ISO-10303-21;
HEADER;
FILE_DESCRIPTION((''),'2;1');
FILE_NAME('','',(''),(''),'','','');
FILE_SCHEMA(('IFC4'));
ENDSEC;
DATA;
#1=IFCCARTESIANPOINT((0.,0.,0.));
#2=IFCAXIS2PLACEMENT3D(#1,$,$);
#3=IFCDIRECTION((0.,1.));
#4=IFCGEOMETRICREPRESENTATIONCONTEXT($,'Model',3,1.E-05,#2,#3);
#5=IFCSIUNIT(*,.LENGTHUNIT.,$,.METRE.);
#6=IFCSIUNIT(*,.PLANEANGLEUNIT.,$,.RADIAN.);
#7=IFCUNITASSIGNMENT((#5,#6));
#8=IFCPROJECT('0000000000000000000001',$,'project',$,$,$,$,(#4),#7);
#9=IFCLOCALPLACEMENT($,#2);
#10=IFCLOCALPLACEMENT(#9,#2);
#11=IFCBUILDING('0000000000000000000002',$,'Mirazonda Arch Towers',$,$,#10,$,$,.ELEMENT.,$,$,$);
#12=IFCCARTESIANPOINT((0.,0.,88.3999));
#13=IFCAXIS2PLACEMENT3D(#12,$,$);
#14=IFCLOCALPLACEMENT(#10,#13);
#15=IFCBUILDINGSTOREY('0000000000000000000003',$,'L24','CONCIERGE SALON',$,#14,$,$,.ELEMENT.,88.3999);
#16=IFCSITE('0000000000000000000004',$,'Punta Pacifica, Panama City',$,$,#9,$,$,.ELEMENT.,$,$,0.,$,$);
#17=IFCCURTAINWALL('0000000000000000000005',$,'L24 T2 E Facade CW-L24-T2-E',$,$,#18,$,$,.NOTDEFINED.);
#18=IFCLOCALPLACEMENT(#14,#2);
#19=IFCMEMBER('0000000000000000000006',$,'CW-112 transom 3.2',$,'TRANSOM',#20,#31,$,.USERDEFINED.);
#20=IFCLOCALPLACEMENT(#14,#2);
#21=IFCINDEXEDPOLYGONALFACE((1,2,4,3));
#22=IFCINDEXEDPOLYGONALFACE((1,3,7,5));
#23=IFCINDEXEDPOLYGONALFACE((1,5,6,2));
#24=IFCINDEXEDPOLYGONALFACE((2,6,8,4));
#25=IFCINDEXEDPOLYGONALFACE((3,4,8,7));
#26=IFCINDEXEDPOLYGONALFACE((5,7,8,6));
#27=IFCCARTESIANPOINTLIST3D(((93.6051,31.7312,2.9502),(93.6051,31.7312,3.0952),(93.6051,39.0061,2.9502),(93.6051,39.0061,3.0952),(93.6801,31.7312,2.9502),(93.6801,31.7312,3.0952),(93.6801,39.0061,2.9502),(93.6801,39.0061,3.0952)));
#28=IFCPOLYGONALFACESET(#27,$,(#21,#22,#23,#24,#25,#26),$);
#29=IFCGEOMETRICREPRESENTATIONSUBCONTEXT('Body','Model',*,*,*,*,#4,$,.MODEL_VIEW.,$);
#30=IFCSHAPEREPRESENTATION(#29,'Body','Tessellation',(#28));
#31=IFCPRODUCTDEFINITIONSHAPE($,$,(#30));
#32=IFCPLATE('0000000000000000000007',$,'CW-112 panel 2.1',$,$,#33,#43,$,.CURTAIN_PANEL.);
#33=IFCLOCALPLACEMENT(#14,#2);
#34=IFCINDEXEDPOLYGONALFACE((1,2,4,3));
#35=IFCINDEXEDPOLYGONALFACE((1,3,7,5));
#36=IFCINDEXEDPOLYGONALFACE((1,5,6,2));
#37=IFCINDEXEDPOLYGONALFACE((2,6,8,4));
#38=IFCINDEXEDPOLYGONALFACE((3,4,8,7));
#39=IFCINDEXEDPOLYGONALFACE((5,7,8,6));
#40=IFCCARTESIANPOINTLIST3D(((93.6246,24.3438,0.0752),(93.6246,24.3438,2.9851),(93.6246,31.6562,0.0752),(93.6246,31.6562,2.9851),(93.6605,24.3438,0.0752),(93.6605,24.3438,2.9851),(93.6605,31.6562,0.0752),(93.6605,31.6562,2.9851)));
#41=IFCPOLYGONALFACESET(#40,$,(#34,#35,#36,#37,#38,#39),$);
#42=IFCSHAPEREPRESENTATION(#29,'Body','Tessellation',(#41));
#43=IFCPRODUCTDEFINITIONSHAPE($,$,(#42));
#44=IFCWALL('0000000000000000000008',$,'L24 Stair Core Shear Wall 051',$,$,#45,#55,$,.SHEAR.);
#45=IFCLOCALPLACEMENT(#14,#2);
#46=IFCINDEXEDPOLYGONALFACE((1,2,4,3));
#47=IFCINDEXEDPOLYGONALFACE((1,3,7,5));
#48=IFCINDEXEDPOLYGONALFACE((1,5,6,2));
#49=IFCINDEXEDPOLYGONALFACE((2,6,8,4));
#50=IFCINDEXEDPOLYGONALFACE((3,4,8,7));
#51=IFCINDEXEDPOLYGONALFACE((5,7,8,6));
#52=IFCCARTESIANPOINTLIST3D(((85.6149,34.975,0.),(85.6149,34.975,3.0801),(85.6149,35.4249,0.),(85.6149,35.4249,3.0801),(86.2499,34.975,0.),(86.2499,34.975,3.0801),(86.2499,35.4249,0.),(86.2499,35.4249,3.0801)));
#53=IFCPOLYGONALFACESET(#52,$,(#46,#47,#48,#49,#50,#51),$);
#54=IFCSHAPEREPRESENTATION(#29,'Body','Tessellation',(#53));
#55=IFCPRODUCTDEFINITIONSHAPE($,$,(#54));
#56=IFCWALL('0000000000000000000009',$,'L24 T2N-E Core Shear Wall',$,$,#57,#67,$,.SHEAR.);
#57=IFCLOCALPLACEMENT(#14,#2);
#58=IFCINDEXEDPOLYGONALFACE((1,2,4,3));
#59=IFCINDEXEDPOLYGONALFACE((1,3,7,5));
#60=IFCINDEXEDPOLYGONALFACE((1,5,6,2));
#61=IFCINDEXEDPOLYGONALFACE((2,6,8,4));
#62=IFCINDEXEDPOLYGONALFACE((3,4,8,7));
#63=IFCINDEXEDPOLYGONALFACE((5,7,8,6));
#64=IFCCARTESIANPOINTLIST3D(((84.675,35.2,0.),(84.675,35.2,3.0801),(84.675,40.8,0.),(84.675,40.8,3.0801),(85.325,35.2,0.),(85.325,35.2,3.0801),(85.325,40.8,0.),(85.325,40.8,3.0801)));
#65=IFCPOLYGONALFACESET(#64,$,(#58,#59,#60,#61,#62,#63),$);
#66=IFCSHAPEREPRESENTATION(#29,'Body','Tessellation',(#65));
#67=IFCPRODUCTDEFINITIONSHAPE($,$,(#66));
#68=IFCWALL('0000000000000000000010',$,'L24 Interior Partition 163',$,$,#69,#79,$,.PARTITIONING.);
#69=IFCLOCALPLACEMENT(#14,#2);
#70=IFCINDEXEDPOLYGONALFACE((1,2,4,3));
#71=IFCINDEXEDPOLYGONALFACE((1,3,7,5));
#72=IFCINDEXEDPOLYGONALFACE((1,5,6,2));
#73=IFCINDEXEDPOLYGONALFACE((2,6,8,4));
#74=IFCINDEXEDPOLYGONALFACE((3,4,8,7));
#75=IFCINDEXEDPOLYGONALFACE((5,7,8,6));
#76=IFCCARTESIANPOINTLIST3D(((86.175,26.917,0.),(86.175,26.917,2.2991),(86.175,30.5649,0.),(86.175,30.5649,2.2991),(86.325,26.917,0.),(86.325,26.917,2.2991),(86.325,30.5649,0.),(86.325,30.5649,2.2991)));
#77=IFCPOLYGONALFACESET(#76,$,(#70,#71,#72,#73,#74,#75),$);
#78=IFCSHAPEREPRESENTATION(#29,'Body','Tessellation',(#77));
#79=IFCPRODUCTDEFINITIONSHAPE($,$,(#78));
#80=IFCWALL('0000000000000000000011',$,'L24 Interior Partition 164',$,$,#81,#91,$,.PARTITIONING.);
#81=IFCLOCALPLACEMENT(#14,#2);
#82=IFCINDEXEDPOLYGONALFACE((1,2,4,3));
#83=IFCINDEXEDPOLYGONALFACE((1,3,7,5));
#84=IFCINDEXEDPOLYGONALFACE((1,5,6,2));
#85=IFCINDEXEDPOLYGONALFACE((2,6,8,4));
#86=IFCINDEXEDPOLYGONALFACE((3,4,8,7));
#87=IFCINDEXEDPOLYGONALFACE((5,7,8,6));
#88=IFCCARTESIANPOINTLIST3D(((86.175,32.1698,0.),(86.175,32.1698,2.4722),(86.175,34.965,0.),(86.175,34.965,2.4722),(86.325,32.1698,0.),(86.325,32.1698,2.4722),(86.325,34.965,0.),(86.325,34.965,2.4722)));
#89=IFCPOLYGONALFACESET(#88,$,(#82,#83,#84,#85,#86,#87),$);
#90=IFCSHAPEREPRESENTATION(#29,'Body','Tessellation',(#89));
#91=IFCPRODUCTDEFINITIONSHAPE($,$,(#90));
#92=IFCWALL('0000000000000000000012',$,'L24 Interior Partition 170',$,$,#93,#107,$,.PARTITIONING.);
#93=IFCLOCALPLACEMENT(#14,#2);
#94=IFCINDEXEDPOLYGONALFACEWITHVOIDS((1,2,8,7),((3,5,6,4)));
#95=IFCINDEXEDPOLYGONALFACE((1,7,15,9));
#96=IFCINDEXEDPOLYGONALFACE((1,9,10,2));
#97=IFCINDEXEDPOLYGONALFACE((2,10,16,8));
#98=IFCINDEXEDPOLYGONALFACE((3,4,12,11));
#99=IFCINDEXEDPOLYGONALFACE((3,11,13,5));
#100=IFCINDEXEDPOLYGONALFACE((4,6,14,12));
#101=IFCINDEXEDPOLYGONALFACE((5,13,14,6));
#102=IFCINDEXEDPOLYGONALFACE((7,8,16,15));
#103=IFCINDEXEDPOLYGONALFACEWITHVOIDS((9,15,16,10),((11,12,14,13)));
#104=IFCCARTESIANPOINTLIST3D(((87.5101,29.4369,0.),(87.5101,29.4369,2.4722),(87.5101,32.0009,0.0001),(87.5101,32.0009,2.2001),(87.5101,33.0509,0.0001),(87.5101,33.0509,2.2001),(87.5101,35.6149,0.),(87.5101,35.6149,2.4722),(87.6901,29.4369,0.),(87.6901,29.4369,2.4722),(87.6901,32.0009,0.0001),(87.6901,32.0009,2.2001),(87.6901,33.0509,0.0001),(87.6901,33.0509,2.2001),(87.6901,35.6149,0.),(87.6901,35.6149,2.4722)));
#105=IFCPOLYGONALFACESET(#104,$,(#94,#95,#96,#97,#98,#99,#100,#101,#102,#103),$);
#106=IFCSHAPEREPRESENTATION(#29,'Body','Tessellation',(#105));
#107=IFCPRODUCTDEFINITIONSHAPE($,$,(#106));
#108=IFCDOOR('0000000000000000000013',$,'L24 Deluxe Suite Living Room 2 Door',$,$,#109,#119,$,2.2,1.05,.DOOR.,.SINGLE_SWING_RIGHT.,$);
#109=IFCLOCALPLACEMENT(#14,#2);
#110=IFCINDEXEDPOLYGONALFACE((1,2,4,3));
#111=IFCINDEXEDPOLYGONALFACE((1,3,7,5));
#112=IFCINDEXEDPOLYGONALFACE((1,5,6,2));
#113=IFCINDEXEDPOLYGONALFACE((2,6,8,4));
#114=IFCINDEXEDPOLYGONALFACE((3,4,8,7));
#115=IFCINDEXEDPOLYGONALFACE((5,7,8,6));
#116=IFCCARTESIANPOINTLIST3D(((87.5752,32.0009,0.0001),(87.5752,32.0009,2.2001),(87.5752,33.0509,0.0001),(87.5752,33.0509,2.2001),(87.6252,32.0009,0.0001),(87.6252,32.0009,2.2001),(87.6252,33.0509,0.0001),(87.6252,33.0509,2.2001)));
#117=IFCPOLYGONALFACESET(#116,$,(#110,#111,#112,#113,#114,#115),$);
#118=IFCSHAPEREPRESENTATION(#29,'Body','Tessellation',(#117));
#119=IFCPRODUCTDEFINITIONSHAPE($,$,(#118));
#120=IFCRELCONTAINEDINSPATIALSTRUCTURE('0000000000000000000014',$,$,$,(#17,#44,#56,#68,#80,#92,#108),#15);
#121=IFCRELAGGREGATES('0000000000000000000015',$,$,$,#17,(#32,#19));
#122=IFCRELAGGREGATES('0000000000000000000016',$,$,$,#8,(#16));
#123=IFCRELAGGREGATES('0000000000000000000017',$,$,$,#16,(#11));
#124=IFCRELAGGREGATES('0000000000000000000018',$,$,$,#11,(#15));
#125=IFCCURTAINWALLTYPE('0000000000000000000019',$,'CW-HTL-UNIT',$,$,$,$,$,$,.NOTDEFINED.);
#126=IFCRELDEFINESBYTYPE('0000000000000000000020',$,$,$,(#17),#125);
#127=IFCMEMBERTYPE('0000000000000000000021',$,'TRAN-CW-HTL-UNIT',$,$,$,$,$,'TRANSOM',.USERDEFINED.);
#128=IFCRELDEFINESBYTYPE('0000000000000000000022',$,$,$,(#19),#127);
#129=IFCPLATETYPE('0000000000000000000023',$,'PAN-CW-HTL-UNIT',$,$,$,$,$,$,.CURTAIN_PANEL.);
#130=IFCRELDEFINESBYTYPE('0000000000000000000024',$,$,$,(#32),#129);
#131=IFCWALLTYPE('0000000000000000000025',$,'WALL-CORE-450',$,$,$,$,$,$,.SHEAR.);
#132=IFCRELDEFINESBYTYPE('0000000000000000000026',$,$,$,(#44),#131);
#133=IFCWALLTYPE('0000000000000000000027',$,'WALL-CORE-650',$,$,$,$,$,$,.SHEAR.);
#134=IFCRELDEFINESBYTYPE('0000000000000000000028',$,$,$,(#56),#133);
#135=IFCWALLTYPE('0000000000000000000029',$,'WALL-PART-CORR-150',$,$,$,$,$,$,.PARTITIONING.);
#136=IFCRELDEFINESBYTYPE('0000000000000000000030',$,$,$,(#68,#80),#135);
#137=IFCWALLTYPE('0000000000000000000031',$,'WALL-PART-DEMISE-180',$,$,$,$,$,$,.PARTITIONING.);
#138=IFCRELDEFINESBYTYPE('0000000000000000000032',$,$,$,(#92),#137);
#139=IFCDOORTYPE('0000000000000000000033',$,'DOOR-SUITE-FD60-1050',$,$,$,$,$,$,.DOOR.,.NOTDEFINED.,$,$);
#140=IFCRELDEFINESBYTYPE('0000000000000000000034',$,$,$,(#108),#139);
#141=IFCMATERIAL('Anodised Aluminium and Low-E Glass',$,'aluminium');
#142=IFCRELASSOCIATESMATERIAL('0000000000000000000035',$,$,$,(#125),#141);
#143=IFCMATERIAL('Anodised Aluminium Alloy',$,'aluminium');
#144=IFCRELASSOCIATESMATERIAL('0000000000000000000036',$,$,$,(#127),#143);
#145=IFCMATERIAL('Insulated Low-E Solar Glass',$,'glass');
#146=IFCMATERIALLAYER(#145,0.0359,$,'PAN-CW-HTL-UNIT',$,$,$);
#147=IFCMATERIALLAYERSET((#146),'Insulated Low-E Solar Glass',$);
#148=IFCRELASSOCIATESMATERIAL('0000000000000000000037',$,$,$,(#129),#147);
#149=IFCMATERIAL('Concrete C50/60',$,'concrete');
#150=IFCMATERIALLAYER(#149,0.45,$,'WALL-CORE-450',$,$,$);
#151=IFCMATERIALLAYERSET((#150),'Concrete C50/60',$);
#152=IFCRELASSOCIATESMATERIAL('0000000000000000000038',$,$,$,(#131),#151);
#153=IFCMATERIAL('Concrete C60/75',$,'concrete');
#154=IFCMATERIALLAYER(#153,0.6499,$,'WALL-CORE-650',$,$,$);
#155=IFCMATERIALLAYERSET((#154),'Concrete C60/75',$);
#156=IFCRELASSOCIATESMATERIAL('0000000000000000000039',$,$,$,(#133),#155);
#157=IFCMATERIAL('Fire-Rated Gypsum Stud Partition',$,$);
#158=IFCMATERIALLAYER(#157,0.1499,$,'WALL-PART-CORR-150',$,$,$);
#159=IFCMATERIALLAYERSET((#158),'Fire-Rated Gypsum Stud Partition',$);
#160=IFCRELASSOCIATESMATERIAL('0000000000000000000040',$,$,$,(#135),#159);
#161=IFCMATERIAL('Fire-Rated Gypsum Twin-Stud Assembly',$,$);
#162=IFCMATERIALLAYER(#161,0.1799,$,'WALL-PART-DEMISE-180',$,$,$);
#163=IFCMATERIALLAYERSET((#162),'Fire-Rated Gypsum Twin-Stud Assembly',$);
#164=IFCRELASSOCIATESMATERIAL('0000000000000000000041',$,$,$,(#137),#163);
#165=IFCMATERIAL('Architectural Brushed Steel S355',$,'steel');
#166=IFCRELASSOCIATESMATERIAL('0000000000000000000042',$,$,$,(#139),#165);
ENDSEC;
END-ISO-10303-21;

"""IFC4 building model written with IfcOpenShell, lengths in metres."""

from ifc_helpers import new_model, si_unit, direction, frame, frame_2d, origin, origin_2d, place, context, subcontext, project, spatial, rectangle, extrude, material, layer, layer_set, material_profile, profile_set, type_object, element, fill, aggregate, save


model = new_model("IFC4")

# Units and contexts
model_context = context("Model", 3, precision=1e-05, world=origin(), true_north=direction((0.0, 1.0)))
body_context = subcontext(model_context, "Body", "Model", "MODEL_VIEW")
ifc_project = project(units=[si_unit("LENGTHUNIT", "METRE"), si_unit("PLANEANGLEUNIT", "RADIAN")], contexts=[model_context])

# Site, building, storey
site_placement = place(None, origin())
site = spatial("IfcSite", under=ifc_project, at=site_placement, Name="Punta Pacifica, Panama City", CompositionType="ELEMENT", RefElevation=0.0)
building_placement = place(site_placement, origin())
building = spatial("IfcBuilding", under=site, at=building_placement, Name="Mirazonda Arch Towers", CompositionType="ELEMENT")
storey_placement = place(building_placement, frame((0.0, 0.0, 88.3999)))
storey = spatial("IfcBuildingStorey", under=building, at=storey_placement, Name="L24", Description="CONCIERGE SALON", CompositionType="ELEMENT", Elevation=88.3999)

# Shared definitions
ifc_material_1 = material(Name="Concrete C50/60", Category="concrete")

# Shared definitions
ifc_material_2 = material(Name="Concrete C60/75", Category="concrete")

# Curtain wall, member, plate
ifc_material_3 = material(Name="Anodised Aluminium and Low-E Glass", Category="aluminium")
curtain_wall_type = type_object("IfcCurtainWallType", Name="CW-HTL-UNIT", PredefinedType="NOTDEFINED", material=ifc_material_3)
curtain_wall_placement = place(storey_placement, origin())
curtain_wall = element("IfcCurtainWall", 1, at=curtain_wall_placement, inside=storey, type_object=curtain_wall_type, Name="L24 T2 E Facade CW-L24-T2-E", PredefinedType="NOTDEFINED")
ifc_material_4 = material(Name="Anodised Aluminium Alloy", Category="aluminium")
ifc_material_profile_1 = material_profile(ifc_material_4, rectangle(XDim=0.075, YDim=0.145, at=origin_2d()), Name="ALU-TRAN-75x145")
ifc_profile_set_1 = profile_set([ifc_material_profile_1], Name="Anodised Aluminium Alloy")
member_type_1 = type_object("IfcMemberType", Name="TRAN-CW-HTL-UNIT", ElementType="TRANSOM", PredefinedType="USERDEFINED", material=ifc_profile_set_1)
member_1_placement = place(storey_placement, frame((93.6426, 31.7312, 3.0227), z_axis=(0.0, 1.0, 0.0), x_axis=(-1.0, 0.0, 0.0)))
member_1 = element("IfcMember", 2, at=member_1_placement, type_object=member_type_1, Name="CW-112 transom 3.2", ObjectType="TRANSOM", PredefinedType="USERDEFINED", context=body_context, shape_type="SweptSolid", body=[
    extrude(rectangle(XDim=0.075, YDim=0.145, at=origin_2d()), origin(), (0.0, 0.0, 1.0), 7.2749),
])
ifc_material_5 = material(Name="Insulated Low-E Solar Glass", Category="glass")
ifc_layer_1 = layer(ifc_material_5, 0.0359, Name="PAN-CW-HTL-UNIT")
ifc_layer_set_1 = layer_set([ifc_layer_1], Name="Insulated Low-E Solar Glass")
plate_type = type_object("IfcPlateType", Name="PAN-CW-HTL-UNIT", PredefinedType="CURTAIN_PANEL", material=ifc_layer_set_1)
plate_placement = place(storey_placement, frame((93.6426, 28.0, 0.0752), z_axis=(0.0, 0.0, 1.0), x_axis=(0.0, 1.0, 0.0)))
plate = element("IfcPlate", 3, at=plate_placement, type_object=plate_type, Name="CW-112 panel 2.1", PredefinedType="CURTAIN_PANEL", context=body_context, shape_type="SweptSolid", body=[
    extrude(rectangle(XDim=7.3125, YDim=0.0359, at=origin_2d()), origin(), (0.0, 0.0, 1.0), 2.9099),
])
aggregate(curtain_wall, [plate, member_1])

# Walls
ifc_layer_2 = layer(ifc_material_1, 0.45, Name="WALL-CORE-450")
ifc_layer_set_2 = layer_set([ifc_layer_2], Name="Concrete C50/60")
wall_type_1 = type_object("IfcWallType", Name="WALL-CORE-450", PredefinedType="SHEAR", material=ifc_layer_set_2)
wall_1_placement = place(storey_placement, frame((85.615, 35.2, 0.0), z_axis=(0.0, 0.0, 1.0), x_axis=(1.0, 0.0, 0.0)))
element("IfcWall", 4, at=wall_1_placement, inside=storey, type_object=wall_type_1, Name="L24 Stair Core Shear Wall 051", PredefinedType="SHEAR", context=body_context, shape_type="SweptSolid", body=[
    extrude(rectangle(XDim=0.635, YDim=0.45, at=frame_2d((0.3174, 0.0))), origin(), (0.0, 0.0, 1.0), 3.0801),
])
ifc_layer_3 = layer(ifc_material_2, 0.6499, Name="WALL-CORE-650")
ifc_layer_set_3 = layer_set([ifc_layer_3], Name="Concrete C60/75")
wall_type_2 = type_object("IfcWallType", Name="WALL-CORE-650", PredefinedType="SHEAR", material=ifc_layer_set_3)
wall_2_placement = place(storey_placement, frame((85.0, 35.2, 0.0), z_axis=(0.0, 0.0, 1.0), x_axis=(0.0, 1.0, 0.0)))
element("IfcWall", 5, at=wall_2_placement, inside=storey, type_object=wall_type_2, Name="L24 T2N-E Core Shear Wall", PredefinedType="SHEAR", context=body_context, shape_type="SweptSolid", body=[
    extrude(rectangle(XDim=5.6001, YDim=0.6499, at=frame_2d((2.8, 0.0))), origin(), (0.0, 0.0, 1.0), 3.0801),
])

# Shared definitions
ifc_material_6 = material(Name="Fire-Rated Gypsum Stud Partition")
ifc_layer_4 = layer(ifc_material_6, 0.1499, Name="WALL-PART-CORR-150")
ifc_layer_set_4 = layer_set([ifc_layer_4], Name="Fire-Rated Gypsum Stud Partition")
wall_type_3 = type_object("IfcWallType", Name="WALL-PART-CORR-150", PredefinedType="PARTITIONING", material=ifc_layer_set_4)
ifc_material_7 = material(Name="Architectural Brushed Steel S355", Category="steel")

# Walls
wall_3_placement = place(storey_placement, frame((86.25, 26.917, 0.0), z_axis=(0.0, 0.0, 1.0), x_axis=(0.0, 1.0, 0.0)))
element("IfcWall", 6, at=wall_3_placement, inside=storey, type_object=wall_type_3, Name="L24 Interior Partition 163", PredefinedType="PARTITIONING", context=body_context, shape_type="SweptSolid", body=[
    extrude(rectangle(XDim=3.6479, YDim=0.1499, at=frame_2d((1.824, 0.0))), origin(), (0.0, 0.0, 1.0), 2.2991),
])
wall_4_placement = place(storey_placement, frame((86.25, 32.1699, 0.0), z_axis=(0.0, 0.0, 1.0), x_axis=(0.0, 1.0, 0.0)))
element("IfcWall", 7, at=wall_4_placement, inside=storey, type_object=wall_type_3, Name="L24 Interior Partition 164", PredefinedType="PARTITIONING", context=body_context, shape_type="SweptSolid", body=[
    extrude(rectangle(XDim=2.7952, YDim=0.1499, at=frame_2d((1.3975, 0.0))), origin(), (0.0, 0.0, 1.0), 2.4722),
])

# Wall, opening, door
ifc_material_8 = material(Name="Fire-Rated Gypsum Twin-Stud Assembly")
ifc_layer_5 = layer(ifc_material_8, 0.1799, Name="WALL-PART-DEMISE-180")
ifc_layer_set_5 = layer_set([ifc_layer_5], Name="Fire-Rated Gypsum Twin-Stud Assembly")
wall_type_4 = type_object("IfcWallType", Name="WALL-PART-DEMISE-180", PredefinedType="PARTITIONING", material=ifc_layer_set_5)
wall_5_placement = place(storey_placement, frame((87.6001, 29.437, 0.0), z_axis=(0.0, 0.0, 1.0), x_axis=(0.0, 1.0, 0.0)))
wall_5 = element("IfcWall", 8, at=wall_5_placement, inside=storey, type_object=wall_type_4, Name="L24 Interior Partition 170", PredefinedType="PARTITIONING", context=body_context, shape_type="SweptSolid", body=[
    extrude(rectangle(XDim=6.178, YDim=0.1799, at=frame_2d((3.0889, 0.0))), origin(), (0.0, 0.0, 1.0), 2.4722),
])
opening_1_placement = place(wall_5_placement, frame((2.564, 0.0, 0.0)))
opening_1 = element("IfcOpeningElement", 9, at=opening_1_placement, cuts=wall_5, PredefinedType="OPENING", context=body_context, shape_type="SweptSolid", body=[
    extrude(rectangle(XDim=1.05, YDim=2.2, at=frame_2d((0.5249, 1.1001))), frame((0.0, 0.0999, 0.0), z_axis=(0.0, -1.0, 0.0), x_axis=(1.0, 0.0, 0.0)), (0.0, 0.0, 1.0), 0.2),
])
door_type_1 = type_object("IfcDoorType", Name="DOOR-SUITE-FD60-1050", OperationType="NOTDEFINED", PredefinedType="DOOR", material=ifc_material_7)
door_1_placement = place(opening_1_placement, origin())
door_1 = element("IfcDoor", 10, at=door_1_placement, inside=storey, type_object=door_type_1, Name="L24 Deluxe Suite Living Room 2 Door", OperationType="SINGLE_SWING_RIGHT", OverallHeight=2.2, OverallWidth=1.05, PredefinedType="DOOR", context=body_context, shape_type="SweptSolid", body=[
    extrude(rectangle(XDim=1.05, YDim=2.2, at=frame_2d((0.5249, 1.1001))), frame((0.0, 0.0249, 0.0), z_axis=(0.0, -1.0, 0.0), x_axis=(1.0, 0.0, 0.0)), (0.0, 0.0, 1.0), 0.05),
])
fill(opening_1, door_1)

save(model, "model.ifc")
